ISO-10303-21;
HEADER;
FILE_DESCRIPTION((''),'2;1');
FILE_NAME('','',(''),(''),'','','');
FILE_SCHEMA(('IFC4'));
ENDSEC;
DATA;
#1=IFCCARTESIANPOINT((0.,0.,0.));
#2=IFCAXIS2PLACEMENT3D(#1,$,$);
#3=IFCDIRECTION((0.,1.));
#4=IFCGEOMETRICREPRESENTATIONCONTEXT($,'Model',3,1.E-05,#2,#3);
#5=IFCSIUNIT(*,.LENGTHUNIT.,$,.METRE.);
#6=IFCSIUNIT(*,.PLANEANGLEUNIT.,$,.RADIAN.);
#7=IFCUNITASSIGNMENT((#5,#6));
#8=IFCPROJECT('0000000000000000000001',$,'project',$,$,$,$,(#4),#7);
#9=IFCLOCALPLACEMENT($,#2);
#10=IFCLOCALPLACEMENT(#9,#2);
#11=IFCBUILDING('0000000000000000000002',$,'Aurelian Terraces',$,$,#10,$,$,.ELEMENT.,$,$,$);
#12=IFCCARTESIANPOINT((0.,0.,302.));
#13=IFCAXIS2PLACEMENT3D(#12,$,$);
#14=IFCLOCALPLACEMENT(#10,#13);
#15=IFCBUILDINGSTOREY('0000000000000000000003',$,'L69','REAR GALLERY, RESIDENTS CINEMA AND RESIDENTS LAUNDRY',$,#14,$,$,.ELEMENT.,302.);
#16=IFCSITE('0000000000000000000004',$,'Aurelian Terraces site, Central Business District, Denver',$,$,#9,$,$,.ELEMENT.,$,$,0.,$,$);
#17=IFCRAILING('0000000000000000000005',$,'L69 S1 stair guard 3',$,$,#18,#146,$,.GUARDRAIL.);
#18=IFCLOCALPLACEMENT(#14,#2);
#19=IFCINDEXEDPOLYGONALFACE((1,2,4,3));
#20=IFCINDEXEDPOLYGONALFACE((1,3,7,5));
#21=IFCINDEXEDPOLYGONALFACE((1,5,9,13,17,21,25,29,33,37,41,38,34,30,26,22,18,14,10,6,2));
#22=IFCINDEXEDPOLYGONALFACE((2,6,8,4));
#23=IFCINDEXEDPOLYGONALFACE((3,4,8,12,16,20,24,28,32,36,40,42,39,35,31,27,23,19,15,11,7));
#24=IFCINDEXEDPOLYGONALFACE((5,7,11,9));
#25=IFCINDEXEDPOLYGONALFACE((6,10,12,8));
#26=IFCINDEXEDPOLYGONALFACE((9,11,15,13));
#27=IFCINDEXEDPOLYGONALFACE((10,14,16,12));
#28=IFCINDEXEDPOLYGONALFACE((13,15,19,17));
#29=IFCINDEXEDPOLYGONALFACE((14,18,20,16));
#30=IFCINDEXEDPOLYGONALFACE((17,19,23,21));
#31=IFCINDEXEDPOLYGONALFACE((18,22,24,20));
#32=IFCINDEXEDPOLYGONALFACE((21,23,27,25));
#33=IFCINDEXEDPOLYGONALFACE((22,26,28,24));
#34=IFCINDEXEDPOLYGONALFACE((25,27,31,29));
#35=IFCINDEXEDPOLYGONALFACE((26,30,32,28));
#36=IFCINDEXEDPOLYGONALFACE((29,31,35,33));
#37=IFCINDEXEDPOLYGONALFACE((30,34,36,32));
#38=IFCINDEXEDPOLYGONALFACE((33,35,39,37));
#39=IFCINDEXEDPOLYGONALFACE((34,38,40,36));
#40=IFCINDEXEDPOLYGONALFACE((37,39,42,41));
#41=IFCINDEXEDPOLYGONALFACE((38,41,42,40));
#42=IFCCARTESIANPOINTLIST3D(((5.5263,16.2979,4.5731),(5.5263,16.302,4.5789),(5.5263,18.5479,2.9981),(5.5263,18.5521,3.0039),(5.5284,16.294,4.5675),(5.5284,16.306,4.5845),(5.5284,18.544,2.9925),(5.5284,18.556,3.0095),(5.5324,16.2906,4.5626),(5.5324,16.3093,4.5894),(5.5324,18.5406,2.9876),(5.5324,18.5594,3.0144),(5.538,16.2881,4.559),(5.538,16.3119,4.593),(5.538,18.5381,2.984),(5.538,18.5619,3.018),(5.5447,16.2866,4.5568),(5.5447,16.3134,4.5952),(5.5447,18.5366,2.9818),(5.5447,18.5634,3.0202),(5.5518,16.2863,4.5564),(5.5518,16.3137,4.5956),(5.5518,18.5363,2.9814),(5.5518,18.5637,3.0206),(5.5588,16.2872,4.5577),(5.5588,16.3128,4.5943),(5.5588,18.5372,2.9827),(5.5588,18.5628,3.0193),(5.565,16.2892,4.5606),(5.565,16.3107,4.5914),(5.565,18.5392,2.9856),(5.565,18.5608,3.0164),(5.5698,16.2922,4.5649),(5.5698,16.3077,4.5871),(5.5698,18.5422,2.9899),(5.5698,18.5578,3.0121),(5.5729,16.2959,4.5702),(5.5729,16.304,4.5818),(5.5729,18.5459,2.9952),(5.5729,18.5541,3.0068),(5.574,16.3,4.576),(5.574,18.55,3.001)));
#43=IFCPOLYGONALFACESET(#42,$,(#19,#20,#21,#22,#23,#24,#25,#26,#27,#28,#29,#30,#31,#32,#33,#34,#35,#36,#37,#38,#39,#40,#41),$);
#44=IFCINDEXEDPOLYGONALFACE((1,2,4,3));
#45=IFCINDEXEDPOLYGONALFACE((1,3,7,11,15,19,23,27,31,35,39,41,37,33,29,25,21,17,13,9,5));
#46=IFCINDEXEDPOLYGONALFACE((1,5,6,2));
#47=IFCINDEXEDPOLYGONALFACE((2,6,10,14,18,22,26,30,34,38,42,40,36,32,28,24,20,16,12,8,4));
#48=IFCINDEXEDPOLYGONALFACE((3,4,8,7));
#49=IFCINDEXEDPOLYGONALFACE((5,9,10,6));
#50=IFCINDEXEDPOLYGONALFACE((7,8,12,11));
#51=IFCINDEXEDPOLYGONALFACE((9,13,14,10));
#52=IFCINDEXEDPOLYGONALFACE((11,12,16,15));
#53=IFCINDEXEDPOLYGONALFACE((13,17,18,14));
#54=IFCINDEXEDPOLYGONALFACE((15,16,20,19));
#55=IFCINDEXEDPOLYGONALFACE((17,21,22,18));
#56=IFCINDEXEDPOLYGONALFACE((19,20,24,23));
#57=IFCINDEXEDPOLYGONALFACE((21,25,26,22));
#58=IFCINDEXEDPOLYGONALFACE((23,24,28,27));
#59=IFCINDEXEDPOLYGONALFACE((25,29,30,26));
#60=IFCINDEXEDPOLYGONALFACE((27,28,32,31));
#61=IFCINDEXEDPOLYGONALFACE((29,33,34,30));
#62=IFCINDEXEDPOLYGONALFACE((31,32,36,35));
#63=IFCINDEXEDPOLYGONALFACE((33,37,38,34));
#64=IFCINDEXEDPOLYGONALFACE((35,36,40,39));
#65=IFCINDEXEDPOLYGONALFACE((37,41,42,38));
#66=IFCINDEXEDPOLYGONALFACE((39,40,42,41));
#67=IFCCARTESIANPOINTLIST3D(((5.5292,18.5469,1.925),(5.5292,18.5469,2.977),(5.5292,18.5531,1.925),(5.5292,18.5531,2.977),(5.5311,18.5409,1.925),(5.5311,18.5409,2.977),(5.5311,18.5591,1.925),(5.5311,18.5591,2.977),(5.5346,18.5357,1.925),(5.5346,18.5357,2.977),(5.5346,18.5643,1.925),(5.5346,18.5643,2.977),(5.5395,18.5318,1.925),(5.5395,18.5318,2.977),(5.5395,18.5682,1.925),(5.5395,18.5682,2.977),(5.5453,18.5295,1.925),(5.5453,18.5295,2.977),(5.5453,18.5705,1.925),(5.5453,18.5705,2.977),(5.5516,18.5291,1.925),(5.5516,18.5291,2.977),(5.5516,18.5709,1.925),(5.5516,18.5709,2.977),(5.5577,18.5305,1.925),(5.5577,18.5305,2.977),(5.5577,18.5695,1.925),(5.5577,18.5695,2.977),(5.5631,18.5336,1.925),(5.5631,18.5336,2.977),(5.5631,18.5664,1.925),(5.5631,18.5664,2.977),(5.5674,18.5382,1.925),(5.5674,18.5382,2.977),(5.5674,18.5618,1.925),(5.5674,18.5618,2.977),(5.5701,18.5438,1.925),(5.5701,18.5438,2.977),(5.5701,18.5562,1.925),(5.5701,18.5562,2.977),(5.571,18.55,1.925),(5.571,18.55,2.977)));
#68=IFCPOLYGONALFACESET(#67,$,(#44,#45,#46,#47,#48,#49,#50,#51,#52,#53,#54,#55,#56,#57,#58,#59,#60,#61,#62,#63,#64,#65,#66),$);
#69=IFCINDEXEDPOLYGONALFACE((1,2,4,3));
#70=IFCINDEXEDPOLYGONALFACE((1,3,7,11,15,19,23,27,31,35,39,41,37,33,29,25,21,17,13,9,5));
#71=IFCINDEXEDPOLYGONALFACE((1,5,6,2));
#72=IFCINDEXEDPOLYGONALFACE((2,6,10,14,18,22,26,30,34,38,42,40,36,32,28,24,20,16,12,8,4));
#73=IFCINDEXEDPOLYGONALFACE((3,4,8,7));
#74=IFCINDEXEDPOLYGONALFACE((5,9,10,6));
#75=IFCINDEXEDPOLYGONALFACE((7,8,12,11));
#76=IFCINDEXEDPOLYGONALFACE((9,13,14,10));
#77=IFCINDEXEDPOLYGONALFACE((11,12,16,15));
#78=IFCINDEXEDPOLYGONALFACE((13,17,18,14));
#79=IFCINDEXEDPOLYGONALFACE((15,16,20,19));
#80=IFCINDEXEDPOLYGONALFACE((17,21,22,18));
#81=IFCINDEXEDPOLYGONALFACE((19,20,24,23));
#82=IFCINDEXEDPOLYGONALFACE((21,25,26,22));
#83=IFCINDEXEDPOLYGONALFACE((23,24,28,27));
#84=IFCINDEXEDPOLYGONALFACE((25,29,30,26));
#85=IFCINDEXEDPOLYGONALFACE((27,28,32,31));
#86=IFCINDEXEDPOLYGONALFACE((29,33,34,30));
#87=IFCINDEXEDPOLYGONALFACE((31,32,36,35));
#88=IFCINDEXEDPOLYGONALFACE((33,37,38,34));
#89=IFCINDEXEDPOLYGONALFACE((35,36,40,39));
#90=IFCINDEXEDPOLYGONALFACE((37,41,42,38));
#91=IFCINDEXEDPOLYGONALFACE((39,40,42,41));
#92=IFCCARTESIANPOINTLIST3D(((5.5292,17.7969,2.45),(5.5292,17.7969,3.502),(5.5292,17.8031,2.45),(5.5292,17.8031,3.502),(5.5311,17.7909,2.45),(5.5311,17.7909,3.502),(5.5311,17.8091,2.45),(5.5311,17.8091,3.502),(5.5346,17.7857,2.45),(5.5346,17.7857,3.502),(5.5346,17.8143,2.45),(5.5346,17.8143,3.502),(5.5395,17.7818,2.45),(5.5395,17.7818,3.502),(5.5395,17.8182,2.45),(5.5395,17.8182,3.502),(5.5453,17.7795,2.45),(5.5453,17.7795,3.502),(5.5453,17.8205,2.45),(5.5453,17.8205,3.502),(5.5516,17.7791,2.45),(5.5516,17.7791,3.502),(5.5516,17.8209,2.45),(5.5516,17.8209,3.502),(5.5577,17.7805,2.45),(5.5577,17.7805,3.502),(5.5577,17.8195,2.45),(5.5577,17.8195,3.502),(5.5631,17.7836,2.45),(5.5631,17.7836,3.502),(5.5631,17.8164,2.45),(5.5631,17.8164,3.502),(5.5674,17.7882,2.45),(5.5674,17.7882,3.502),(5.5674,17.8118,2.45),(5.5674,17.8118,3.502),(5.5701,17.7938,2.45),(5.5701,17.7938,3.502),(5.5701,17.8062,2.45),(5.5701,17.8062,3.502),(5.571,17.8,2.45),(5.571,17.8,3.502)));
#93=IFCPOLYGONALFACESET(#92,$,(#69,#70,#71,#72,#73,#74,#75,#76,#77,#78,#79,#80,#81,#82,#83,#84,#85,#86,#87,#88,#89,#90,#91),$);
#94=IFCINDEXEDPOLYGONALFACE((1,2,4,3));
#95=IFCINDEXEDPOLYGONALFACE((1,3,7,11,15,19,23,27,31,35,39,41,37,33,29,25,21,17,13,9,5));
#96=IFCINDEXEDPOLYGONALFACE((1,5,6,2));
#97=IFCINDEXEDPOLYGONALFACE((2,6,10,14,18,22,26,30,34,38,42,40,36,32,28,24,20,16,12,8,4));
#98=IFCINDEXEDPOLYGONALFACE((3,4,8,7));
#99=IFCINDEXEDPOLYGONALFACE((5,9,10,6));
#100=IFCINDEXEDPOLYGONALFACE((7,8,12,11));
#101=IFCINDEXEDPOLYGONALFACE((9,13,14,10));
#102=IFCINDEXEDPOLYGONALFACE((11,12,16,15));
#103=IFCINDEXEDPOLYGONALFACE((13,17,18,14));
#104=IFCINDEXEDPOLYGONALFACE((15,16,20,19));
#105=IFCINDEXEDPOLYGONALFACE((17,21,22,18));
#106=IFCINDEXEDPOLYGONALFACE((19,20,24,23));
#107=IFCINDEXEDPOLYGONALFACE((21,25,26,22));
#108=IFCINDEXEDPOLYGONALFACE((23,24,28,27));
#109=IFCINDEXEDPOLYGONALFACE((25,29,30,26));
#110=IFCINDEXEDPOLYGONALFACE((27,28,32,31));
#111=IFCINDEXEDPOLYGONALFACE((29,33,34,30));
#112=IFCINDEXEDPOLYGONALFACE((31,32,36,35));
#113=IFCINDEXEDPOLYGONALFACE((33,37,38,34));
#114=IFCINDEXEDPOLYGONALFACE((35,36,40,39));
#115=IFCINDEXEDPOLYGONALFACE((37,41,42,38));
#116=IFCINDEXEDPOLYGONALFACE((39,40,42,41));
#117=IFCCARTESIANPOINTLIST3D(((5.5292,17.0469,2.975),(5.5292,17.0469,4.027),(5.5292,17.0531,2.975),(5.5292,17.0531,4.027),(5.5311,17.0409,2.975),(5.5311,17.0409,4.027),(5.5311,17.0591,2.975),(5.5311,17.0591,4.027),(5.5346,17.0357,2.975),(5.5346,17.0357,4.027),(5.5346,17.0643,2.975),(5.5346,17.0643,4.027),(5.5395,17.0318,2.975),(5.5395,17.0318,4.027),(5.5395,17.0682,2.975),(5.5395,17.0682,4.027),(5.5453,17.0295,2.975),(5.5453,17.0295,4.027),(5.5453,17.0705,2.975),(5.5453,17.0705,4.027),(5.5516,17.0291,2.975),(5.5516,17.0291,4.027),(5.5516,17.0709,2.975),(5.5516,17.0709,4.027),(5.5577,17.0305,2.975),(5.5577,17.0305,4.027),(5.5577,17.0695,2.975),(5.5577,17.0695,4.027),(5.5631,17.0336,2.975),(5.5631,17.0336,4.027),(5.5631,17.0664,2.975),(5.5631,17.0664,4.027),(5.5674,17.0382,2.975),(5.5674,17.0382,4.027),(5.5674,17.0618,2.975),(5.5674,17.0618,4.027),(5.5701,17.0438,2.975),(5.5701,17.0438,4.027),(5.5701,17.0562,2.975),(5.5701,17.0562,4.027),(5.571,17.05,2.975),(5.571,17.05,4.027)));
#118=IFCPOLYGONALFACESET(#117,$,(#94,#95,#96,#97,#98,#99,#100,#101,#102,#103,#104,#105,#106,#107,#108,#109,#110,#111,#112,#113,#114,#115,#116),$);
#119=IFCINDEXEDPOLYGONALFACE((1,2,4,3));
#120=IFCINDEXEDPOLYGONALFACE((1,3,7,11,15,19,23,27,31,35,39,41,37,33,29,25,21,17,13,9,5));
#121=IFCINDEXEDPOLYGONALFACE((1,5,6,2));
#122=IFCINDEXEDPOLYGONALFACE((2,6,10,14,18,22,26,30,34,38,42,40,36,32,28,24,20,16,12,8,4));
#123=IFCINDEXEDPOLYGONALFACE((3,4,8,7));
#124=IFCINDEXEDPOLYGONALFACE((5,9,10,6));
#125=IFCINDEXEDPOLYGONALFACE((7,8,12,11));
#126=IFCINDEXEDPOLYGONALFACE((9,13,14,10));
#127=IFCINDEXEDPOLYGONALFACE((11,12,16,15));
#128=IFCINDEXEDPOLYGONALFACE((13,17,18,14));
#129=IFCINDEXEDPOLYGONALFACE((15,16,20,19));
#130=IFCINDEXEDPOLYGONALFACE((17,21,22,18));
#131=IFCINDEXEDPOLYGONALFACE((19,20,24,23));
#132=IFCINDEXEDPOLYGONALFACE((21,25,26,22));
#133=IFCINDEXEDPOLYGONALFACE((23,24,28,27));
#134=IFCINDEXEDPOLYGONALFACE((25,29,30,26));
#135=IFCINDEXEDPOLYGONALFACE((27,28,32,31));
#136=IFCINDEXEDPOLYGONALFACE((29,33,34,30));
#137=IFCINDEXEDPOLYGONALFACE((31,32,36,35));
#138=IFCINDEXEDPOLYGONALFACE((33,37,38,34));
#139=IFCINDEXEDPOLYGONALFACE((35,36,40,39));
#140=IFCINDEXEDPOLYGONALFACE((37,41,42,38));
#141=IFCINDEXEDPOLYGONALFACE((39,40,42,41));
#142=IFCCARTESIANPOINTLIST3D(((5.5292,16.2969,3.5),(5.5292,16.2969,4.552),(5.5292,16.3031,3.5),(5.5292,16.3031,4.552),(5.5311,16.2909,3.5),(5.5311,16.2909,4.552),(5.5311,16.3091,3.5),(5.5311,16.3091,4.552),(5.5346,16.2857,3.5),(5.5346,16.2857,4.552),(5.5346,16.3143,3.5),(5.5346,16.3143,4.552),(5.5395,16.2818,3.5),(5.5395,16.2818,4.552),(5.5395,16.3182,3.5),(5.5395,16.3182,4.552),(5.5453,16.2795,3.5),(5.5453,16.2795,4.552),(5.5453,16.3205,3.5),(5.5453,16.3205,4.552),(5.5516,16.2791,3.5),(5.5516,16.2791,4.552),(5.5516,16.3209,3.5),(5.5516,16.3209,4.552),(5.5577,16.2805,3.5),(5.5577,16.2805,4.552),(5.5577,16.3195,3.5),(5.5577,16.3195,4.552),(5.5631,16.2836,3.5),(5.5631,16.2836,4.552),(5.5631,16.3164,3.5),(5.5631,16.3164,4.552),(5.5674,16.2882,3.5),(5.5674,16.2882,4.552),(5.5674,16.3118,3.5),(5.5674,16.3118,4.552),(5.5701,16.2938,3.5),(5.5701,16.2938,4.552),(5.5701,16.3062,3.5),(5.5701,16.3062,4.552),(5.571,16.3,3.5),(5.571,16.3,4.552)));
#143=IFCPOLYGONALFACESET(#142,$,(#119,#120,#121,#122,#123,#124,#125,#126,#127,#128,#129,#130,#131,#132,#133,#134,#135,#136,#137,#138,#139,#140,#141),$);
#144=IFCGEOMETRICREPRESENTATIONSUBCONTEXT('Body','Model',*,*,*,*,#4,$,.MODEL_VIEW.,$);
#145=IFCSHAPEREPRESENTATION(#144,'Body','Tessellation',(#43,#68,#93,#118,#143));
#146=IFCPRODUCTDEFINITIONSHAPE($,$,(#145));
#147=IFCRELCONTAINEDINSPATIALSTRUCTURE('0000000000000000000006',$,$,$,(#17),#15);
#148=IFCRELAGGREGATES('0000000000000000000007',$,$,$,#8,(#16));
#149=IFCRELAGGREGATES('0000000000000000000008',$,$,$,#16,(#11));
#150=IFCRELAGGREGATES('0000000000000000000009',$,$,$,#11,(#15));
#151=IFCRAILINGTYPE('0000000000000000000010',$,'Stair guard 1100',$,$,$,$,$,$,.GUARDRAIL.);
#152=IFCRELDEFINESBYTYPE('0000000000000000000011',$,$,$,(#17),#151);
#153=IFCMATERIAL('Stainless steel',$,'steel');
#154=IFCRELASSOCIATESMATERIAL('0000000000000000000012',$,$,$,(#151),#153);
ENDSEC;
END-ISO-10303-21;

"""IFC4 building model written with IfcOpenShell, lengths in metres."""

from ifc_helpers import new_model, si_unit, direction, frame, origin, origin_2d, place, context, subcontext, project, spatial, circle, extrude, source, transform, mapped, material, type_object, element, save


model = new_model("IFC4")

# Units and contexts
model_context = context("Model", 3, precision=1e-05, world=origin(), true_north=direction((0.0, 1.0)))
body_context = subcontext(model_context, "Body", "Model", "MODEL_VIEW")
ifc_project = project(units=[si_unit("LENGTHUNIT", "METRE"), si_unit("PLANEANGLEUNIT", "RADIAN")], contexts=[model_context])

# Site, building, storey
site_placement = place(None, origin())
site = spatial("IfcSite", under=ifc_project, at=site_placement, Name="Aurelian Terraces site, Central Business District, Denver", CompositionType="ELEMENT", RefElevation=0.0)
building_placement = place(site_placement, origin())
building = spatial("IfcBuilding", under=site, at=building_placement, Name="Aurelian Terraces", CompositionType="ELEMENT")
storey_placement = place(building_placement, frame((0.0, 0.0, 302.0)))
storey = spatial("IfcBuildingStorey", under=building, at=storey_placement, Name="L69", Description="REAR GALLERY, RESIDENTS CINEMA AND RESIDENTS LAUNDRY", CompositionType="ELEMENT", Elevation=302.0)

# Railing
ifc_material_1 = material(Name="Stainless steel", Category="steel")
railing_type_1 = type_object("IfcRailingType", Name="Stair guard 1100", PredefinedType="GUARDRAIL", material=ifc_material_1)
shared_shape_1 = source(origin(), body_context, "Body", "SweptSolid", [
    extrude(circle(Radius=0.024, at=origin_2d()), frame((0.0, 0.0, 1.076), z_axis=(0.0, -0.819232, 0.573462), x_axis=(1.0, 0.0, 0.0)), (0.0, 0.0, 1.0), 2.7465),
    extrude(circle(Radius=0.021, at=origin_2d()), origin(), (0.0, 0.0, 1.0), 1.052),
    extrude(circle(Radius=0.021, at=origin_2d()), frame((0.0, -0.75, 0.525)), (0.0, 0.0, 1.0), 1.052),
    extrude(circle(Radius=0.021, at=origin_2d()), frame((0.0, -1.5, 1.05)), (0.0, 0.0, 1.0), 1.052),
    extrude(circle(Radius=0.021, at=origin_2d()), frame((0.0, -2.25, 1.575)), (0.0, 0.0, 1.0), 1.052),
])
railing_1_placement = place(storey_placement, frame((5.55, 18.55, 1.925)))
element("IfcRailing", 1, at=railing_1_placement, inside=storey, type_object=railing_type_1, Name="L69 S1 stair guard 3", PredefinedType="GUARDRAIL", context=body_context, shape_type="MappedRepresentation", body=[
    mapped(shared_shape_1, transform((0.0, 0.0, 0.0), scale=1.0)),
])

save(model, "model.ifc")
